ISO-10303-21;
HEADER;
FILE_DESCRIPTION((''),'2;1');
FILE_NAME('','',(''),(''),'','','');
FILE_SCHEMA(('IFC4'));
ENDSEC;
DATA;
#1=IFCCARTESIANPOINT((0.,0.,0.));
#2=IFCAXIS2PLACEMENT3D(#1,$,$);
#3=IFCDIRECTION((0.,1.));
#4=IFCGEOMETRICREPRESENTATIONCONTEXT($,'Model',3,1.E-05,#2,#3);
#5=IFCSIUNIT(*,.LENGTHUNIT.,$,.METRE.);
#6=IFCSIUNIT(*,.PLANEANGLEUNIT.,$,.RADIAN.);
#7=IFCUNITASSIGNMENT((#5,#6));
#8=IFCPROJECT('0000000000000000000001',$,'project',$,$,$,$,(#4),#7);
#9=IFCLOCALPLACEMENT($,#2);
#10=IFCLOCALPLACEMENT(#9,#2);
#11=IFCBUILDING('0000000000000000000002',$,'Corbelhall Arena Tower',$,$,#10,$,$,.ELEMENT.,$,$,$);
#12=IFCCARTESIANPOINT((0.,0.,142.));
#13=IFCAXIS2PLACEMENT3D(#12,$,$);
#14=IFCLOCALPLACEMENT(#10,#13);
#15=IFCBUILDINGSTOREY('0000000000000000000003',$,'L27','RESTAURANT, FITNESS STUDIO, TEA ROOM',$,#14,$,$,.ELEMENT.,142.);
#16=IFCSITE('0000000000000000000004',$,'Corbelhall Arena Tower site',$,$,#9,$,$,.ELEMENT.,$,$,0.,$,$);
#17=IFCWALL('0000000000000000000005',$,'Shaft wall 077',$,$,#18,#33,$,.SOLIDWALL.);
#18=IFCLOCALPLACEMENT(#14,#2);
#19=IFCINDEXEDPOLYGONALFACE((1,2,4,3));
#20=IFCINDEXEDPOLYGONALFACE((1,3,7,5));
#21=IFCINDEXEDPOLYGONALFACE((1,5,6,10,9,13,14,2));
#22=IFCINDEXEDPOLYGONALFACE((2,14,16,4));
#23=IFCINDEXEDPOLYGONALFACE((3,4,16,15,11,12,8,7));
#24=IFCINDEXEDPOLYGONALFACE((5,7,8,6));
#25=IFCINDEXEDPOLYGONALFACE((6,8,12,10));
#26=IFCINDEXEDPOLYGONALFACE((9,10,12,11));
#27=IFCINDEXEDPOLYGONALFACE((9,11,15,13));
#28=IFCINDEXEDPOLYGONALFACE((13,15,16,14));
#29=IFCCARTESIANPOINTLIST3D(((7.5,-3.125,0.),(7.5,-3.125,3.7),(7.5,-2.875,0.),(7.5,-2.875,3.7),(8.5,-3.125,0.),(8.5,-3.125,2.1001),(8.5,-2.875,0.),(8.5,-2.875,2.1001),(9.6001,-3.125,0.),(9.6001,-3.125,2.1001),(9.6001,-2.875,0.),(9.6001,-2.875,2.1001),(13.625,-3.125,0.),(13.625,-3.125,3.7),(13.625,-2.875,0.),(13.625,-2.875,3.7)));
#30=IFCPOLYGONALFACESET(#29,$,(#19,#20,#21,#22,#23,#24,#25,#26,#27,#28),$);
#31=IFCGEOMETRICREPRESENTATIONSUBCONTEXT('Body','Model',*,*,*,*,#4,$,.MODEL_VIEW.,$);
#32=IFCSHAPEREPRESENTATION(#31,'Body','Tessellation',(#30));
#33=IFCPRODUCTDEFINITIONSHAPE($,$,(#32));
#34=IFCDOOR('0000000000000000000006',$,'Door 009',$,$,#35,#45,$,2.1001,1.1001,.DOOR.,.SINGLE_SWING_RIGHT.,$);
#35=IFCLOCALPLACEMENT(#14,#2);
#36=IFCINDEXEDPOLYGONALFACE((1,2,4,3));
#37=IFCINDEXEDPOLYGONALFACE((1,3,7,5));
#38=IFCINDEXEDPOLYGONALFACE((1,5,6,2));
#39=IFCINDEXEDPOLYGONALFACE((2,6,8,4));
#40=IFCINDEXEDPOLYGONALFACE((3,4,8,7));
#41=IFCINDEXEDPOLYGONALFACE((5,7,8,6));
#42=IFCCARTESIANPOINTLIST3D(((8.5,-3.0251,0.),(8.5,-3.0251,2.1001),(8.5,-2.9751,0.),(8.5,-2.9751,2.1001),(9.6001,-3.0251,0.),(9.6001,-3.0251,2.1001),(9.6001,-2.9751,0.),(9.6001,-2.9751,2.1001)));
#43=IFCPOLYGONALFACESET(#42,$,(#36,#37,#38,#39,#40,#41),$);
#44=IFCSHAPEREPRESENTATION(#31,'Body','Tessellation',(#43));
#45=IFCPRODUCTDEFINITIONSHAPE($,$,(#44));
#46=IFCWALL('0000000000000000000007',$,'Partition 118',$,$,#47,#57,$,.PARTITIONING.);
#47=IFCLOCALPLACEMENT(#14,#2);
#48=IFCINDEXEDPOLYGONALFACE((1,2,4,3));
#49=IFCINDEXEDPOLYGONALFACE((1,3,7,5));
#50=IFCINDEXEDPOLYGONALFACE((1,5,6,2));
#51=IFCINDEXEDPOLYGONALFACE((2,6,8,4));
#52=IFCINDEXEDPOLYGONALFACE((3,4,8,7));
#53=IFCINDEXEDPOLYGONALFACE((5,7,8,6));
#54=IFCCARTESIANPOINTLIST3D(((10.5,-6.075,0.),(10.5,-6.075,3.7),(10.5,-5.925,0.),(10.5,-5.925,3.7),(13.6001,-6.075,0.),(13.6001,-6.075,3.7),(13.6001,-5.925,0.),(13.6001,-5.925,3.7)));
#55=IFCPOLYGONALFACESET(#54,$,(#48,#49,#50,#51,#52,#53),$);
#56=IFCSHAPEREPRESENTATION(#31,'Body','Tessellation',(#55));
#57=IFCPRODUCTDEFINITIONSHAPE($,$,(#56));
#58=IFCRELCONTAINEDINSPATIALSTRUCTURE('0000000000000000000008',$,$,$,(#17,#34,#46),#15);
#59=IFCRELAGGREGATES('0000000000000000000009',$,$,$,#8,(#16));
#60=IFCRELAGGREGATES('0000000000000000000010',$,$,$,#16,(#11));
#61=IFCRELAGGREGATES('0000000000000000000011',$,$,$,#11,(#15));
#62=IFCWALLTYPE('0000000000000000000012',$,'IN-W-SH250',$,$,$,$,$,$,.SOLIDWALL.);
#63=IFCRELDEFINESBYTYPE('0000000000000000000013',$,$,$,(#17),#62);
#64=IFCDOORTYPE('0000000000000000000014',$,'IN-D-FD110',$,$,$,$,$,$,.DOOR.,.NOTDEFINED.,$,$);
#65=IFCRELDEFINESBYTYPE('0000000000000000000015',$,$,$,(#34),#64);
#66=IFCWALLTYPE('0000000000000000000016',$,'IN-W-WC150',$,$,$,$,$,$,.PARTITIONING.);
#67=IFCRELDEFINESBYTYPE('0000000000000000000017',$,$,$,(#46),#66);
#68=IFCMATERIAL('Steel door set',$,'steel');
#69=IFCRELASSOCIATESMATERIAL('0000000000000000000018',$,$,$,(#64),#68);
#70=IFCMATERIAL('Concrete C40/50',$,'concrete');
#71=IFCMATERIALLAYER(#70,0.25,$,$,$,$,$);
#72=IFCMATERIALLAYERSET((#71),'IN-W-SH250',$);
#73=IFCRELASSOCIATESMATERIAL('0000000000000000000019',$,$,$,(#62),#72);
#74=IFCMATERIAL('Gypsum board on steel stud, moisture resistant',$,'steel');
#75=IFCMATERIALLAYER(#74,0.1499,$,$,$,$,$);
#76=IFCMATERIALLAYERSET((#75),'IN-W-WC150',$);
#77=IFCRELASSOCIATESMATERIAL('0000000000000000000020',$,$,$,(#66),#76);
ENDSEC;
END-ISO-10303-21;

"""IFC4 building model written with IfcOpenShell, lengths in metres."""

from ifc_helpers import new_model, si_unit, direction, frame, frame_2d, origin, place, context, subcontext, project, spatial, rectangle, extrude, material, layer, layer_set, type_object, element, fill, save


model = new_model("IFC4")

# Units and contexts
model_context = context("Model", 3, precision=1e-05, world=origin(), true_north=direction((0.0, 1.0)))
body_context = subcontext(model_context, "Body", "Model", "MODEL_VIEW")
ifc_project = project(units=[si_unit("LENGTHUNIT", "METRE"), si_unit("PLANEANGLEUNIT", "RADIAN")], contexts=[model_context])

# Site, building, storey
site_placement = place(None, origin())
site = spatial("IfcSite", under=ifc_project, at=site_placement, Name="Corbelhall Arena Tower site", CompositionType="ELEMENT", RefElevation=0.0)
building_placement = place(site_placement, origin())
building = spatial("IfcBuilding", under=site, at=building_placement, Name="Corbelhall Arena Tower", CompositionType="ELEMENT")
storey_placement = place(building_placement, frame((0.0, 0.0, 142.0)))
storey = spatial("IfcBuildingStorey", under=building, at=storey_placement, Name="L27", Description="RESTAURANT, FITNESS STUDIO, TEA ROOM", CompositionType="ELEMENT", Elevation=142.0)

# Shared definitions
ifc_material_1 = material(Name="Concrete C40/50", Category="concrete")

# Shared definitions
ifc_material_2 = material(Name="Steel door set", Category="steel")
door_type = type_object("IfcDoorType", Name="IN-D-FD110", OperationType="NOTDEFINED", PredefinedType="DOOR", material=ifc_material_2)

# Wall, opening, door
ifc_layer_1 = layer(ifc_material_1, 0.25)
ifc_layer_set_1 = layer_set([ifc_layer_1], Name="IN-W-SH250")
wall_type_1 = type_object("IfcWallType", Name="IN-W-SH250", PredefinedType="SOLIDWALL", material=ifc_layer_set_1)
wall_1_placement = place(storey_placement, frame((7.5, -3.0, 0.0), z_axis=(0.0, 0.0, 1.0), x_axis=(1.0, 0.0, 0.0)))
wall_1 = element("IfcWall", 1, at=wall_1_placement, inside=storey, type_object=wall_type_1, Name="Shaft wall 077", PredefinedType="SOLIDWALL", context=body_context, shape_type="SweptSolid", body=[
    extrude(rectangle(XDim=6.125, YDim=0.25, at=frame_2d((3.0625, 0.0))), origin(), (0.0, 0.0, 1.0), 3.7),
])
opening_1_placement = place(wall_1_placement, frame((1.0, 0.0, 0.0)))
opening_1 = element("IfcOpeningElement", 2, at=opening_1_placement, cuts=wall_1, PredefinedType="OPENING", context=body_context, shape_type="SweptSolid", body=[
    extrude(rectangle(XDim=1.1001, YDim=2.1001, at=frame_2d((0.55, 1.05))), frame((0.0, 0.125, 0.0), z_axis=(0.0, -1.0, 0.0), x_axis=(1.0, 0.0, 0.0)), (0.0, 0.0, 1.0), 0.25),
])
door_1_placement = place(opening_1_placement, origin())
door_1 = element("IfcDoor", 3, at=door_1_placement, inside=storey, type_object=door_type, Name="Door 009", OperationType="SINGLE_SWING_RIGHT", OverallHeight=2.1001, OverallWidth=1.1001, PredefinedType="DOOR", context=body_context, shape_type="SweptSolid", body=[
    extrude(rectangle(XDim=1.1001, YDim=2.1001, at=frame_2d((0.55, 1.05))), frame((0.0, 0.0249, 0.0), z_axis=(0.0, -1.0, 0.0), x_axis=(1.0, 0.0, 0.0)), (0.0, 0.0, 1.0), 0.05),
])
fill(opening_1, door_1)

# Wall
ifc_material_3 = material(Name="Gypsum board on steel stud, moisture resistant", Category="steel")
ifc_layer_2 = layer(ifc_material_3, 0.1499)
ifc_layer_set_2 = layer_set([ifc_layer_2], Name="IN-W-WC150")
wall_type_2 = type_object("IfcWallType", Name="IN-W-WC150", PredefinedType="PARTITIONING", material=ifc_layer_set_2)
wall_2_placement = place(storey_placement, frame((10.5, -6.0, 0.0), z_axis=(0.0, 0.0, 1.0), x_axis=(1.0, 0.0, 0.0)))
element("IfcWall", 4, at=wall_2_placement, inside=storey, type_object=wall_type_2, Name="Partition 118", PredefinedType="PARTITIONING", context=body_context, shape_type="SweptSolid", body=[
    extrude(rectangle(XDim=3.1001, YDim=0.1499, at=frame_2d((1.55, 0.0))), origin(), (0.0, 0.0, 1.0), 3.7),
])

save(model, "model.ifc")
